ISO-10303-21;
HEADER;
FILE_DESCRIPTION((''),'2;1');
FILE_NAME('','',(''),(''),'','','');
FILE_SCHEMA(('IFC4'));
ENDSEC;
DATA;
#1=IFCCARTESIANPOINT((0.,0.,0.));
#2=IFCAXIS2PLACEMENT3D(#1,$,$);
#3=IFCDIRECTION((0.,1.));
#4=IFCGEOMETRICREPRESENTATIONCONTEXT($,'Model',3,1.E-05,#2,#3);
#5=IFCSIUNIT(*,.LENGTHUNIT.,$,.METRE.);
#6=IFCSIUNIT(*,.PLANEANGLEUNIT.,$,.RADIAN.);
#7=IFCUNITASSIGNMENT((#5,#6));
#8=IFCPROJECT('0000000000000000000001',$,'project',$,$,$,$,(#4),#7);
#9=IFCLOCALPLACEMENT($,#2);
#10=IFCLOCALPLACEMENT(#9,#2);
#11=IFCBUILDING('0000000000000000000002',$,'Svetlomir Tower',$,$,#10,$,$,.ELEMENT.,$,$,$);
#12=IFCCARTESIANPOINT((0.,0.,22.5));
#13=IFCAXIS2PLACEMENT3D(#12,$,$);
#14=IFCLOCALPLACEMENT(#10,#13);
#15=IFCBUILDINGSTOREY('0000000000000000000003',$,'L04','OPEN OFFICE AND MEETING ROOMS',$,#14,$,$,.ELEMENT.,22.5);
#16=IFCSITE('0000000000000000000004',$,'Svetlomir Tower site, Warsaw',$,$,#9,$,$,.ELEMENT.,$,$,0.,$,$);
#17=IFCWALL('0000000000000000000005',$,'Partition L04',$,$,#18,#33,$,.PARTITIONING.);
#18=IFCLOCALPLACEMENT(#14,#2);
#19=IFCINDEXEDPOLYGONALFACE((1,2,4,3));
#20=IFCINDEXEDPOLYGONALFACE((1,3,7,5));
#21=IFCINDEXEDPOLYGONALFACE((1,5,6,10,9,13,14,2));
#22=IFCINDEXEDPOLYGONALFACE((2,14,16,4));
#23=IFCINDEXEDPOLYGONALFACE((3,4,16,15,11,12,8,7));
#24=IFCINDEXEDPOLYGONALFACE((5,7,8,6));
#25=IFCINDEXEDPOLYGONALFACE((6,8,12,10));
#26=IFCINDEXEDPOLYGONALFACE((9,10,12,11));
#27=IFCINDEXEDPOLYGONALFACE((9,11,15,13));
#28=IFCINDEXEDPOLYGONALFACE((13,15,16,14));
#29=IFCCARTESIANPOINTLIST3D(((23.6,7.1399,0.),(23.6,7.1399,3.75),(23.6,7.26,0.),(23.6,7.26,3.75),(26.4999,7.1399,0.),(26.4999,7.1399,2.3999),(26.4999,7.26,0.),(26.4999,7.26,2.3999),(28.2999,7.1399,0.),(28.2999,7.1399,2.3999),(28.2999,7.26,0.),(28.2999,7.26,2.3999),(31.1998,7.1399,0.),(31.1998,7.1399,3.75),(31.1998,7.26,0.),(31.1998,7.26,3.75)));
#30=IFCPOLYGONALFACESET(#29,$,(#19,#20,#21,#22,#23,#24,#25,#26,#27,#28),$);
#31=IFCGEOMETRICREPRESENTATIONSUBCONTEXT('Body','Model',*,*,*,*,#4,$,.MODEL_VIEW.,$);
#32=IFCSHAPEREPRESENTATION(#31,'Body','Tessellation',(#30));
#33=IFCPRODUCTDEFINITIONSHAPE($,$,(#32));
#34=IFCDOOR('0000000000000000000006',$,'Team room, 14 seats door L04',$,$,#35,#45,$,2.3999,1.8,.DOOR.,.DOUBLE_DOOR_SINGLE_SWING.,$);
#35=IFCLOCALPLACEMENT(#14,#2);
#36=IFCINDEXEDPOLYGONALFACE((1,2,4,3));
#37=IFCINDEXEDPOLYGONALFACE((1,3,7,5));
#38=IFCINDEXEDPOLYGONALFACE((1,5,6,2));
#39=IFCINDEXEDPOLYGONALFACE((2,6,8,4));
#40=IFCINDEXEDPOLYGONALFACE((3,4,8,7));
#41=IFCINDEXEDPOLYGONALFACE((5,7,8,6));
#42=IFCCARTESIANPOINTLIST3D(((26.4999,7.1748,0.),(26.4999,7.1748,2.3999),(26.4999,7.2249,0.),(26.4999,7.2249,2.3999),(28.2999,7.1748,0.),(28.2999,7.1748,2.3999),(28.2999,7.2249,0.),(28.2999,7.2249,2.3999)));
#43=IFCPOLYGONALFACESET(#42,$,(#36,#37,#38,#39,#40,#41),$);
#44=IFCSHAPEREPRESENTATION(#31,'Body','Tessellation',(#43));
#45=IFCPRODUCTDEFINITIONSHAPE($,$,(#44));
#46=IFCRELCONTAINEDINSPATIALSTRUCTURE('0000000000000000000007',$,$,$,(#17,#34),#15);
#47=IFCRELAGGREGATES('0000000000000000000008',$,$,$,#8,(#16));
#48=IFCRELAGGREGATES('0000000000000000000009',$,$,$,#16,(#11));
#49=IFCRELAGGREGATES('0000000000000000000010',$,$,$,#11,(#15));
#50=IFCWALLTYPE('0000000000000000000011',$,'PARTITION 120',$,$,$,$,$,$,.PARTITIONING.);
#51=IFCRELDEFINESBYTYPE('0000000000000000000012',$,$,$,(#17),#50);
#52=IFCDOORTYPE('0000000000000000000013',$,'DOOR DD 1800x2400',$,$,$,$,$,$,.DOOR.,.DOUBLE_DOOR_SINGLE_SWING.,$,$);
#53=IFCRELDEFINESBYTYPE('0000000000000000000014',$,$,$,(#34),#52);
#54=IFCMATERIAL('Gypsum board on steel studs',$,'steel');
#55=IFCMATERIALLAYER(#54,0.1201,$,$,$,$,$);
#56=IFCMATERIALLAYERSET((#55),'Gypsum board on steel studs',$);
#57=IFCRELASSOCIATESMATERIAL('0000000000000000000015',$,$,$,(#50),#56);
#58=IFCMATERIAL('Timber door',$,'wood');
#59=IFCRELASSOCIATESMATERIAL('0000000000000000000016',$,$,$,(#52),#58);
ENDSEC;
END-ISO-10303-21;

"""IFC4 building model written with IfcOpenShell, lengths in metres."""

from ifc_helpers import new_model, si_unit, direction, frame, frame_2d, origin, place, context, subcontext, project, spatial, rectangle, extrude, material, layer, layer_set, type_object, element, fill, save


model = new_model("IFC4")

# Units and contexts
model_context = context("Model", 3, precision=1e-05, world=origin(), true_north=direction((0.0, 1.0)))
body_context = subcontext(model_context, "Body", "Model", "MODEL_VIEW")
ifc_project = project(units=[si_unit("LENGTHUNIT", "METRE"), si_unit("PLANEANGLEUNIT", "RADIAN")], contexts=[model_context])

# Site, building, storey
site_placement = place(None, origin())
site = spatial("IfcSite", under=ifc_project, at=site_placement, Name="Svetlomir Tower site, Warsaw", CompositionType="ELEMENT", RefElevation=0.0)
building_placement = place(site_placement, origin())
building = spatial("IfcBuilding", under=site, at=building_placement, Name="Svetlomir Tower", CompositionType="ELEMENT")
storey_placement = place(building_placement, frame((0.0, 0.0, 22.5)))
storey = spatial("IfcBuildingStorey", under=building, at=storey_placement, Name="L04", Description="OPEN OFFICE AND MEETING ROOMS", CompositionType="ELEMENT", Elevation=22.5)

# Shared definitions
ifc_material_1 = material(Name="Gypsum board on steel studs", Category="steel")
ifc_layer_1 = layer(ifc_material_1, 0.1201)
ifc_layer_set_1 = layer_set([ifc_layer_1], Name="Gypsum board on steel studs")
wall_type_1 = type_object("IfcWallType", Name="PARTITION 120", PredefinedType="PARTITIONING", material=ifc_layer_set_1)

# Wall, opening, door
wall_1_placement = place(storey_placement, frame((23.6001, 7.2, 0.0), z_axis=(0.0, 0.0, 1.0), x_axis=(1.0, 0.0, 0.0)))
wall_1 = element("IfcWall", 1, at=wall_1_placement, inside=storey, type_object=wall_type_1, Name="Partition L04", PredefinedType="PARTITIONING", context=body_context, shape_type="SweptSolid", body=[
    extrude(rectangle(XDim=7.5999, YDim=0.1201, at=frame_2d((3.7998, 0.0))), origin(), (0.0, 0.0, 1.0), 3.75),
])
opening_1_placement = place(wall_1_placement, frame((2.8999, 0.0, 0.0)))
opening_1 = element("IfcOpeningElement", 2, at=opening_1_placement, cuts=wall_1, PredefinedType="OPENING", context=body_context, shape_type="SweptSolid", body=[
    extrude(rectangle(XDim=1.8, YDim=2.3999, at=frame_2d((0.8999, 1.2))), frame((0.0, 0.0701, 0.0), z_axis=(0.0, -1.0, 0.0), x_axis=(1.0, 0.0, 0.0)), (0.0, 0.0, 1.0), 0.1401),
])
ifc_material_2 = material(Name="Timber door", Category="wood")
door_type_1 = type_object("IfcDoorType", Name="DOOR DD 1800x2400", OperationType="DOUBLE_DOOR_SINGLE_SWING", PredefinedType="DOOR", material=ifc_material_2)
door_1_placement = place(opening_1_placement, origin())
door_1 = element("IfcDoor", 3, at=door_1_placement, inside=storey, type_object=door_type_1, Name="Team room, 14 seats door L04", OperationType="DOUBLE_DOOR_SINGLE_SWING", OverallHeight=2.3999, OverallWidth=1.8, PredefinedType="DOOR", context=body_context, shape_type="SweptSolid", body=[
    extrude(rectangle(XDim=1.8, YDim=2.3999, at=frame_2d((0.8999, 1.2))), frame((0.0, 0.0249, 0.0), z_axis=(0.0, -1.0, 0.0), x_axis=(1.0, 0.0, 0.0)), (0.0, 0.0, 1.0), 0.05),
])
fill(opening_1, door_1)

save(model, "model.ifc")
